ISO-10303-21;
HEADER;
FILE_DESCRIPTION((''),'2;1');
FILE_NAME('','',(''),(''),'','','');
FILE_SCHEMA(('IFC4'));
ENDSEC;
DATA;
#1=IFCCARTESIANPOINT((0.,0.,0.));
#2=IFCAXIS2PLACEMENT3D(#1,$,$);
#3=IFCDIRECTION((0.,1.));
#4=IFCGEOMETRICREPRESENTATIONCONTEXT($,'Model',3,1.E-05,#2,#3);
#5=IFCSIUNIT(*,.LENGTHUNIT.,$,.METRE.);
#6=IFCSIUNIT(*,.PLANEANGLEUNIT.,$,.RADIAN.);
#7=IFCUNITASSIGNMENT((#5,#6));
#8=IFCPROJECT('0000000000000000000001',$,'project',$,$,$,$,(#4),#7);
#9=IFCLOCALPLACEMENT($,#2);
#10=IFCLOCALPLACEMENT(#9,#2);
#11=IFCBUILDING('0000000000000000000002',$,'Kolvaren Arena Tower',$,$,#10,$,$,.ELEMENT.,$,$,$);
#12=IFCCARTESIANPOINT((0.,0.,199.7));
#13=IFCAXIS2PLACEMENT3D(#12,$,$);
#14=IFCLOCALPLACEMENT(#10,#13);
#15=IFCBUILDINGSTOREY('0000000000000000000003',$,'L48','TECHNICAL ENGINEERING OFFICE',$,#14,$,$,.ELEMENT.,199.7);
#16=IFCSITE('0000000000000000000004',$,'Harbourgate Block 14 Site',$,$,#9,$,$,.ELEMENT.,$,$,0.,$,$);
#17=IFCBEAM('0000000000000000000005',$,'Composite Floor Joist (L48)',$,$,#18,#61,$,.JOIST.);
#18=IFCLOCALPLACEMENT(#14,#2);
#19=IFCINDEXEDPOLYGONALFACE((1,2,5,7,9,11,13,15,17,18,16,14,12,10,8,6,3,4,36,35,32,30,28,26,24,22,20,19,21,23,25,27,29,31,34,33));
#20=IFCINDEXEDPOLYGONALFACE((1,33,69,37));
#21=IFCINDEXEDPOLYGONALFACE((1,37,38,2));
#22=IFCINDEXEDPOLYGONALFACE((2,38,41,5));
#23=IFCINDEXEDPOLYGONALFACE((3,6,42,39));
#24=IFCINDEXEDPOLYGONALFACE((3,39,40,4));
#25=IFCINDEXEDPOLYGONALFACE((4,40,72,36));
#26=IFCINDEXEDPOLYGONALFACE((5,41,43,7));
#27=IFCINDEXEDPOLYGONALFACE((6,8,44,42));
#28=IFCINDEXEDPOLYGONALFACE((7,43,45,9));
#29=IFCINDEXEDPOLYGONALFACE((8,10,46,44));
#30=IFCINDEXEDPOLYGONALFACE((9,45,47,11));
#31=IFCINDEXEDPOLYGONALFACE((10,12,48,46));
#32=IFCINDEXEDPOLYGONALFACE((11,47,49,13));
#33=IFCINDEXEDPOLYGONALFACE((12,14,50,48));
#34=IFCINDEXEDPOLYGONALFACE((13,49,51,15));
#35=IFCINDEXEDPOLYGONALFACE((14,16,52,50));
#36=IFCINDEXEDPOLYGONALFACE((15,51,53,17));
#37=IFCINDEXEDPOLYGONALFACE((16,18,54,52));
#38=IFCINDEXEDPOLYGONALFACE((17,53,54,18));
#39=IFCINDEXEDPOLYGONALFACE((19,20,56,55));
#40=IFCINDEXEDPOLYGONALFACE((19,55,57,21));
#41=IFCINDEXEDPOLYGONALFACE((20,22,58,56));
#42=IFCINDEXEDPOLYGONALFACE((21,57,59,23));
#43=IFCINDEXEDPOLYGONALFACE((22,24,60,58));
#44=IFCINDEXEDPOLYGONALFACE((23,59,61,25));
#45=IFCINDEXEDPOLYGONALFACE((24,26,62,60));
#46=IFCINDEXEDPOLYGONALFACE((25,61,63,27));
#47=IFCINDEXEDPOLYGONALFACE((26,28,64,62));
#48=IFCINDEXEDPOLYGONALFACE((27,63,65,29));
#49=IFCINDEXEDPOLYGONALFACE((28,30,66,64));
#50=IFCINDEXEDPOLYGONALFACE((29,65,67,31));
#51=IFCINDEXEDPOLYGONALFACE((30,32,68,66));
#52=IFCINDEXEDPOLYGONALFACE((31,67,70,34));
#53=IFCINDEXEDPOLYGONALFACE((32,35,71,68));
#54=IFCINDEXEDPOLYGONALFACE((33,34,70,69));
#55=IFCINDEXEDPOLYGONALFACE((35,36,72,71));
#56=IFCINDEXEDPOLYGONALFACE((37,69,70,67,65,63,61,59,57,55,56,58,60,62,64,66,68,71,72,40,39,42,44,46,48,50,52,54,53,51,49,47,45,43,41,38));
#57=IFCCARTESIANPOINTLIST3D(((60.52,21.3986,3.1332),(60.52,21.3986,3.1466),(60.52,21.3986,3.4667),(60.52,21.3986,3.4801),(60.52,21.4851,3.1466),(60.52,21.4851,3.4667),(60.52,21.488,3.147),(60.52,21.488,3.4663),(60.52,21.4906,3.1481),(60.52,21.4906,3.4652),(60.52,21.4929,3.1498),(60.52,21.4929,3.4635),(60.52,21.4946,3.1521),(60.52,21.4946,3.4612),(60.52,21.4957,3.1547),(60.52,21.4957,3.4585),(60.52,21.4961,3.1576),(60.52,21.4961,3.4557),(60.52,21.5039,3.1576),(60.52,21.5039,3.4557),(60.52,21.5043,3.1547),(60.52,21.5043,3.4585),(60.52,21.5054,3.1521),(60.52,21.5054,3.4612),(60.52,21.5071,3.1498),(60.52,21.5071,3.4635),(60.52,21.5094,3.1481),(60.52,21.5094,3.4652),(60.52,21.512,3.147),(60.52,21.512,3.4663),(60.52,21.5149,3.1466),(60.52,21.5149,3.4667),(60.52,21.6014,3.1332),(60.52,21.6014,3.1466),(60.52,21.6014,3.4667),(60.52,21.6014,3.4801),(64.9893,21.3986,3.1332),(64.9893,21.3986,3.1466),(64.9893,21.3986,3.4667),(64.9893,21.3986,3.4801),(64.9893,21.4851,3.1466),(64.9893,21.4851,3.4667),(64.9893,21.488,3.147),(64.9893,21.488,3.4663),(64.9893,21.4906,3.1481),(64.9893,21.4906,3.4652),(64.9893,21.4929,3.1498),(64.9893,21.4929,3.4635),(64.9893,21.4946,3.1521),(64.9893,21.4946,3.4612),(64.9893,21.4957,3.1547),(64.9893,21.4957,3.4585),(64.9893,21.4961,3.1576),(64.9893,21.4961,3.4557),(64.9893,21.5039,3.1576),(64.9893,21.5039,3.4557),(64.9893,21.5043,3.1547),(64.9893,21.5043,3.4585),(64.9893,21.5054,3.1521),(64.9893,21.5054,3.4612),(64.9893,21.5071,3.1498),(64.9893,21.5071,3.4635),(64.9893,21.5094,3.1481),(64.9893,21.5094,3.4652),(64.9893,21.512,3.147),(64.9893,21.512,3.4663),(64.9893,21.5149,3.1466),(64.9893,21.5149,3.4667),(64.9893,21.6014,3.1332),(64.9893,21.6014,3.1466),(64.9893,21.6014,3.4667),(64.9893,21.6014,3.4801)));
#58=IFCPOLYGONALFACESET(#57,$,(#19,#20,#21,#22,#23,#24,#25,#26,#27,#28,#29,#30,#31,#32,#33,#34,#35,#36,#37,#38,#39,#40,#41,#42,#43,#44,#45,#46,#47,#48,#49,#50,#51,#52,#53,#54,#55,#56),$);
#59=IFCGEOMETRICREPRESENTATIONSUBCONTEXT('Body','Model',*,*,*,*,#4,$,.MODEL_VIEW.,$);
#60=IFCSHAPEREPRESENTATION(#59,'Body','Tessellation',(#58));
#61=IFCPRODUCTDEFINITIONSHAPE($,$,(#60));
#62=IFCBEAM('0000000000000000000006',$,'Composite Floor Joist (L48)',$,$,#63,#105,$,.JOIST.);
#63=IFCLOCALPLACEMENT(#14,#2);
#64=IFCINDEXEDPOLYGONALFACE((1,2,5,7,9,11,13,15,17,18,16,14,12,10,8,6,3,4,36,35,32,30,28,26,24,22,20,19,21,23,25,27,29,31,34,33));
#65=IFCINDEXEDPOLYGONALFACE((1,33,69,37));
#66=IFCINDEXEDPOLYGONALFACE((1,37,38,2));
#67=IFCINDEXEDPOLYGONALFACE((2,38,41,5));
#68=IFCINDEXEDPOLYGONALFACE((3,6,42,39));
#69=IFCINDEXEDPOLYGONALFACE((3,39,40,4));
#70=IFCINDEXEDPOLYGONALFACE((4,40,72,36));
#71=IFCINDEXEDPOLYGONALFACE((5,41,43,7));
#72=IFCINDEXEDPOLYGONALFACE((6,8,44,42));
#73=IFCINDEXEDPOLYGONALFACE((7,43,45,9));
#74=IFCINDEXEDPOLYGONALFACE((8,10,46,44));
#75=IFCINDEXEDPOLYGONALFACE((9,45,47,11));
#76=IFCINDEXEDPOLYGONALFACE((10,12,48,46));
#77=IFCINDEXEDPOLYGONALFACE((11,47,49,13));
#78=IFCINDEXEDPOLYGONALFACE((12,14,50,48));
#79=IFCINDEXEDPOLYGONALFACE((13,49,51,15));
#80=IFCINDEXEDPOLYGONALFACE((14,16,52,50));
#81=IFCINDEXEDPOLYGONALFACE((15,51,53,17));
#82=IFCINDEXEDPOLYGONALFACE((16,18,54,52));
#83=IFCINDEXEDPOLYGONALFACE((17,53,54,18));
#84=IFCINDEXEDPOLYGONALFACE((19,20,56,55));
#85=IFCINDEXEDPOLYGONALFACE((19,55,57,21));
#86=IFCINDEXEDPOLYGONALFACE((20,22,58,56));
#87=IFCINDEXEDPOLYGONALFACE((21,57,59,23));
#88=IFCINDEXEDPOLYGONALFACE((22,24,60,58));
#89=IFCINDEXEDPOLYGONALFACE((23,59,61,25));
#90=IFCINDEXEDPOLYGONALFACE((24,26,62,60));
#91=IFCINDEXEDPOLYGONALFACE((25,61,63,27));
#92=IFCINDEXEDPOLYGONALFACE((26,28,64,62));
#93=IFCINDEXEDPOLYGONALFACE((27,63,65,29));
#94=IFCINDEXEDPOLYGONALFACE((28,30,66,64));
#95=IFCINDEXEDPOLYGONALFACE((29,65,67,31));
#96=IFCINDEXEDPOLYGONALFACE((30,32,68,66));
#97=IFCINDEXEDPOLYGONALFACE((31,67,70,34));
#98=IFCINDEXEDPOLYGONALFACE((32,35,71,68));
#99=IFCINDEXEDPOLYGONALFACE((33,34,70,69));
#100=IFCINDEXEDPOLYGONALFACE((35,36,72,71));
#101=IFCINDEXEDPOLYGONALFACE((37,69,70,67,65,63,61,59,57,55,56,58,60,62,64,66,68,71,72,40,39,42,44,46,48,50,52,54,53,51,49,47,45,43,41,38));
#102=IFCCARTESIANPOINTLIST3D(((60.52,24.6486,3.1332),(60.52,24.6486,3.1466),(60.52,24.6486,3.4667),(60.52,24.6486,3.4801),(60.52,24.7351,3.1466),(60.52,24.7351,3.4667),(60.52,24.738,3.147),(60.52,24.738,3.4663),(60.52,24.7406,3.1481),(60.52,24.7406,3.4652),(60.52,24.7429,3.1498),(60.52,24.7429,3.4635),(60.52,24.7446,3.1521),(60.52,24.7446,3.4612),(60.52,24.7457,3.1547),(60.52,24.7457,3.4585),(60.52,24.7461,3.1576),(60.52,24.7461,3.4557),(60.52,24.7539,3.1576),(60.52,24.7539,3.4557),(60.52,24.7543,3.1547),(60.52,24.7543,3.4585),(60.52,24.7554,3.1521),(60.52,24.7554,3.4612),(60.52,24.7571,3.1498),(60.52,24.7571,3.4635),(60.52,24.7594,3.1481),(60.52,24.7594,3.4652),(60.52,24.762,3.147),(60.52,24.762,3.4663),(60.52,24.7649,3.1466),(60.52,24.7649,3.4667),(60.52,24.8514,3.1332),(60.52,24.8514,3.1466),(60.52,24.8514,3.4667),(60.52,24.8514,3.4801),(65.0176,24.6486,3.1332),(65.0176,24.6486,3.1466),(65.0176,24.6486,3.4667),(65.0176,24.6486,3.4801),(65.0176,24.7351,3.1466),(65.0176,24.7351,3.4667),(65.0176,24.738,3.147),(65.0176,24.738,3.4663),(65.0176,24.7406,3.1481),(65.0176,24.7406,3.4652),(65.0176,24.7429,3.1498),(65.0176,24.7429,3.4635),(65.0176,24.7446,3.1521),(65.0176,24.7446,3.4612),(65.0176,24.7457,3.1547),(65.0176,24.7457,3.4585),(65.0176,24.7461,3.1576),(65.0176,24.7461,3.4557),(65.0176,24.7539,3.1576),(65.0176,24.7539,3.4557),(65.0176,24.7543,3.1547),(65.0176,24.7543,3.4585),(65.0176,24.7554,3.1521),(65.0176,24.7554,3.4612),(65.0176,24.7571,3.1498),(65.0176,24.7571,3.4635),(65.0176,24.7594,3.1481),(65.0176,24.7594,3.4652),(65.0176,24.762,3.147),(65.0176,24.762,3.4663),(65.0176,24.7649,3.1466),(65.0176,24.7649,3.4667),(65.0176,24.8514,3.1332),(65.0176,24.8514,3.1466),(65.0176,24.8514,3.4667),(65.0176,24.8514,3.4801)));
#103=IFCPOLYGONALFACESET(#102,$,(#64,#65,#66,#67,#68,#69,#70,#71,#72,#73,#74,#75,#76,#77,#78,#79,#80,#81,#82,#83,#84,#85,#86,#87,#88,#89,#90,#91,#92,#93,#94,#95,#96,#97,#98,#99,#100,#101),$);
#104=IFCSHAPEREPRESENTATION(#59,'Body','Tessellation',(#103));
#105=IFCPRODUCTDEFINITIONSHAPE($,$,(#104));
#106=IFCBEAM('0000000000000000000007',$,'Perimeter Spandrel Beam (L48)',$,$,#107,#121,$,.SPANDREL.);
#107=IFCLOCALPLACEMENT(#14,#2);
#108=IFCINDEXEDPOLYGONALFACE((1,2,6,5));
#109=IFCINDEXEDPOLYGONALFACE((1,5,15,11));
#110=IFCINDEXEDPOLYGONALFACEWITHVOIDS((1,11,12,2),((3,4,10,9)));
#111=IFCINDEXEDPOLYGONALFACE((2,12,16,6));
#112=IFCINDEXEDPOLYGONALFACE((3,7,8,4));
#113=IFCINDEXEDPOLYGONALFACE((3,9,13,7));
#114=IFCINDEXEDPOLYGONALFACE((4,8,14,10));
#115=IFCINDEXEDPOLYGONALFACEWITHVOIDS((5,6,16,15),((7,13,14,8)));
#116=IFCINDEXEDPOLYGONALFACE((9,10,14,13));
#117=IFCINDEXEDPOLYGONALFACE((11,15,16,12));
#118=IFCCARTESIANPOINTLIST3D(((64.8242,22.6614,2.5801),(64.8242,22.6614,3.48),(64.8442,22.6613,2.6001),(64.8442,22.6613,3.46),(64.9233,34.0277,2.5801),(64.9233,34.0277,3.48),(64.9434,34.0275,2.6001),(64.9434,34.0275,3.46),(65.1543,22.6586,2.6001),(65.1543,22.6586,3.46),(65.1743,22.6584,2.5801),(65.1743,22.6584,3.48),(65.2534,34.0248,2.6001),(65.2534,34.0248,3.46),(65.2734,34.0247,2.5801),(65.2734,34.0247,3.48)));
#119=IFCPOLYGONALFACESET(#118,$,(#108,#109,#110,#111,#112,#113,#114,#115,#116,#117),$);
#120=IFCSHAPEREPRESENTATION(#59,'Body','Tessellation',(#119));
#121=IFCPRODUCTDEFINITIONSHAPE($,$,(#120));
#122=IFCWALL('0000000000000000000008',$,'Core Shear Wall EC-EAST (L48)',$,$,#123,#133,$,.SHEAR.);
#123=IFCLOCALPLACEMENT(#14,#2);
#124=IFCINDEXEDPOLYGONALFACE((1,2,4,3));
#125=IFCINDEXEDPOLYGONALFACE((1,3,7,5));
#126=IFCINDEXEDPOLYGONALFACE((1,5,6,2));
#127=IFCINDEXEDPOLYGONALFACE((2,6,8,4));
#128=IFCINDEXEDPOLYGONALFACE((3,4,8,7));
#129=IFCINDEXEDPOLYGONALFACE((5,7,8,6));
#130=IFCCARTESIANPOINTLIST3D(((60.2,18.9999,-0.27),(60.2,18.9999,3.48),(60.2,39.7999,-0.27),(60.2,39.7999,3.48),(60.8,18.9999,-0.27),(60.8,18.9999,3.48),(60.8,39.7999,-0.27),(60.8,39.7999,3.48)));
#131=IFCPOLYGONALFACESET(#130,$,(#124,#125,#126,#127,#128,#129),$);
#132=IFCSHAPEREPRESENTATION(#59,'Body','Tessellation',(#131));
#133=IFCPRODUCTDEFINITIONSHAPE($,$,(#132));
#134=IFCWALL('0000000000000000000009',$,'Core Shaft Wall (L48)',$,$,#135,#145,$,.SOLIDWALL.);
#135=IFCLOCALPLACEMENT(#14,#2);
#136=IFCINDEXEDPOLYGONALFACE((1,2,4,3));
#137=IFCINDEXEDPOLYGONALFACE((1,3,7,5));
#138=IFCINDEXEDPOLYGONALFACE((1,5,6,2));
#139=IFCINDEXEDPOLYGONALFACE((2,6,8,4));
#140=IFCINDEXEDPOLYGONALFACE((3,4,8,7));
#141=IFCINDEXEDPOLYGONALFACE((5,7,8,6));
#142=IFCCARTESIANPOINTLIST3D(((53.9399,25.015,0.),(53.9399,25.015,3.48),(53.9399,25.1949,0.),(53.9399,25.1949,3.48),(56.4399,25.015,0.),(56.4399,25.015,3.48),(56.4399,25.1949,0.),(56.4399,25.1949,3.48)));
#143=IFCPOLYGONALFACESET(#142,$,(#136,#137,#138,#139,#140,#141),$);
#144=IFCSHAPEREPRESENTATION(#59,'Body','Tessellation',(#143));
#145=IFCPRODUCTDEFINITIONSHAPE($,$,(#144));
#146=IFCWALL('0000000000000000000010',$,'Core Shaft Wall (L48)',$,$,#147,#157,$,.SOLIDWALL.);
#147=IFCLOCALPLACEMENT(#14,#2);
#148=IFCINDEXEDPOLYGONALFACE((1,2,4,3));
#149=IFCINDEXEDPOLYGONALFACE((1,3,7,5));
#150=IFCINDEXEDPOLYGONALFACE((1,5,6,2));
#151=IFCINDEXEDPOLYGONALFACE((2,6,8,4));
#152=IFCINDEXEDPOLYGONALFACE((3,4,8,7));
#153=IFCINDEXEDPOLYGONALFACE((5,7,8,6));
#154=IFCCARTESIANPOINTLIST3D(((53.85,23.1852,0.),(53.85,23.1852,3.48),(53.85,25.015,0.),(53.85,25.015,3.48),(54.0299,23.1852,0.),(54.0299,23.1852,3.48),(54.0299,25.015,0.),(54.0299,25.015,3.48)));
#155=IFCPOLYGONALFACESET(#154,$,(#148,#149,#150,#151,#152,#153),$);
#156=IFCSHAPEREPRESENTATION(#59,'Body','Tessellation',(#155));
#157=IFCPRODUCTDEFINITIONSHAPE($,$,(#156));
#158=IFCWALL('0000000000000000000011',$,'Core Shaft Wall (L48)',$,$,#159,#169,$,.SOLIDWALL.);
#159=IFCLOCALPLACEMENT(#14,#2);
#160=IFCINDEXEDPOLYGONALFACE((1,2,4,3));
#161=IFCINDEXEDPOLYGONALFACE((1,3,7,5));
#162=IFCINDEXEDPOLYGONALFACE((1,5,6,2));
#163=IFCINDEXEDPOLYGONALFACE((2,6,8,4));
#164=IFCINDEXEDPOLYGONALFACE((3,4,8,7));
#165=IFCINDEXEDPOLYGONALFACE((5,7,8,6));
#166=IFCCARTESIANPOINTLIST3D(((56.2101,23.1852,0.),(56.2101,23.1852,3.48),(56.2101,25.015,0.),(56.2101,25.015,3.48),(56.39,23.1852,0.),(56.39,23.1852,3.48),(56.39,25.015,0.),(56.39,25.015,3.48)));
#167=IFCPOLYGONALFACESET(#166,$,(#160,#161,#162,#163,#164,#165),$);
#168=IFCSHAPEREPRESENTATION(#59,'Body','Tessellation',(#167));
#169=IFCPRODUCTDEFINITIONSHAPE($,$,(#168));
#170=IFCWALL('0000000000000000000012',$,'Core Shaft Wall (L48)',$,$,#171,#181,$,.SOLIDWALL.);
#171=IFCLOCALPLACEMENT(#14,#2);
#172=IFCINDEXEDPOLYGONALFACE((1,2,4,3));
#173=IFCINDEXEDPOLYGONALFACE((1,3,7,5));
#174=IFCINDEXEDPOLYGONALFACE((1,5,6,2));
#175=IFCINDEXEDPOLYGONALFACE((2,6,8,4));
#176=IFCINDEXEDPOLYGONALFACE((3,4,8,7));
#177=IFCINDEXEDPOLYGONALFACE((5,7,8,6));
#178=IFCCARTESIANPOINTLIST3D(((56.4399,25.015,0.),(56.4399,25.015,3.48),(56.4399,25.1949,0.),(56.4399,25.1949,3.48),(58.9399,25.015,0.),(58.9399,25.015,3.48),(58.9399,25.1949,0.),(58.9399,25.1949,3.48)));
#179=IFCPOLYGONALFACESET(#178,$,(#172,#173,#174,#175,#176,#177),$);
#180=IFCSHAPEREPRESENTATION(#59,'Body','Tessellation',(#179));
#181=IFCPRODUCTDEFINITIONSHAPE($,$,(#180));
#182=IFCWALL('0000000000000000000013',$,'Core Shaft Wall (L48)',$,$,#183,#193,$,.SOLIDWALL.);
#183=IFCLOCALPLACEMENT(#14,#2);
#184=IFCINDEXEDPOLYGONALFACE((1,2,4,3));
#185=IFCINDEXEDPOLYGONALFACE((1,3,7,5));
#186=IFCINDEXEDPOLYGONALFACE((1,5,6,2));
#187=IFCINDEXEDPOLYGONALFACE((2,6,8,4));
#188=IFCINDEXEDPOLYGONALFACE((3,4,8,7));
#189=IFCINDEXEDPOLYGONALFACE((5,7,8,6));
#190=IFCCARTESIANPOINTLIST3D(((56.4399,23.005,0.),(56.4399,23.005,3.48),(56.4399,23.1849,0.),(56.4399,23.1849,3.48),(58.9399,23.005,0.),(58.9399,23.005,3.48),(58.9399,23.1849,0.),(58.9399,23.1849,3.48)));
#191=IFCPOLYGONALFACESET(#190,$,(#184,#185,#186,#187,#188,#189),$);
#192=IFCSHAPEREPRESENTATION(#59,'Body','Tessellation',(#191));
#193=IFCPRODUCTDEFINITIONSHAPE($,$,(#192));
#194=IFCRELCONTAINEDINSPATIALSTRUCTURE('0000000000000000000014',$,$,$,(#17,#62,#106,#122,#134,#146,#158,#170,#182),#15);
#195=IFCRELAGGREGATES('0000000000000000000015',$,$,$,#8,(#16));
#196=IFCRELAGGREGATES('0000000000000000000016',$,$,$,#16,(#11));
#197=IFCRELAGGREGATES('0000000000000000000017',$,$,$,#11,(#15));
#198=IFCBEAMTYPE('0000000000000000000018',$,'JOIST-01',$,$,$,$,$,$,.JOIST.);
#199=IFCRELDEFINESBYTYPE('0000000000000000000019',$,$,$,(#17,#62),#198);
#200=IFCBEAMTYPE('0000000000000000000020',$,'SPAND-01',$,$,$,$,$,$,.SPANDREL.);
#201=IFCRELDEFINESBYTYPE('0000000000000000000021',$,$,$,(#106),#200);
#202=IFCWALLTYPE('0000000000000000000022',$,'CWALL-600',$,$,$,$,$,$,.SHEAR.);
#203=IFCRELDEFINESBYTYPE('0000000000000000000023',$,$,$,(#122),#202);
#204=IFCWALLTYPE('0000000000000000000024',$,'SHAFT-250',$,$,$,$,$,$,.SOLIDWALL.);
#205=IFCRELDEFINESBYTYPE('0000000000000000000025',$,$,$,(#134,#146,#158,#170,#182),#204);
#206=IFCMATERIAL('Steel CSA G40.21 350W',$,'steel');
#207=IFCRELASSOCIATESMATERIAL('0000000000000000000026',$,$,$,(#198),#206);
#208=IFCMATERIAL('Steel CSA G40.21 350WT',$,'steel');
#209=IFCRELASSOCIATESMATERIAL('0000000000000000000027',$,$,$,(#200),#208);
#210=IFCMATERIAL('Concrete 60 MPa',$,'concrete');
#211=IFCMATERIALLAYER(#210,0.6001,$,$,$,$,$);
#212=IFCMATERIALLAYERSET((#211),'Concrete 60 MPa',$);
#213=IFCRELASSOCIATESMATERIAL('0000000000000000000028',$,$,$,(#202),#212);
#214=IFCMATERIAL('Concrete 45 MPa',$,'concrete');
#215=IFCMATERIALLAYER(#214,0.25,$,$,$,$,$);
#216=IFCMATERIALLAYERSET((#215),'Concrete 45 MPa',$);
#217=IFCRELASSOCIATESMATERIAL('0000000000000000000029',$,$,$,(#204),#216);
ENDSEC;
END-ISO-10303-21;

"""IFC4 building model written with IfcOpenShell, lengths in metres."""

from ifc_helpers import new_model, si_unit, direction, frame, frame_2d, origin, origin_2d, place, context, subcontext, project, spatial, rectangle, hollow_rectangle, i_section, extrude, material, layer, layer_set, material_profile, profile_set, type_object, element, save


model = new_model("IFC4")

# Units and contexts
model_context = context("Model", 3, precision=1e-05, world=origin(), true_north=direction((0.0, 1.0)))
body_context = subcontext(model_context, "Body", "Model", "MODEL_VIEW")
ifc_project = project(units=[si_unit("LENGTHUNIT", "METRE"), si_unit("PLANEANGLEUNIT", "RADIAN")], contexts=[model_context])

# Site, building, storey
site_placement = place(None, origin())
site = spatial("IfcSite", under=ifc_project, at=site_placement, Name="Harbourgate Block 14 Site", CompositionType="ELEMENT", RefElevation=0.0)
building_placement = place(site_placement, origin())
building = spatial("IfcBuilding", under=site, at=building_placement, Name="Kolvaren Arena Tower", CompositionType="ELEMENT")
storey_placement = place(building_placement, frame((0.0, 0.0, 199.7)))
storey = spatial("IfcBuildingStorey", under=building, at=storey_placement, Name="L48", Description="TECHNICAL ENGINEERING OFFICE", CompositionType="ELEMENT", Elevation=199.7)

# Beams
ifc_material_1 = material(Name="Steel CSA G40.21 350W", Category="steel")
ifc_material_profile_1 = material_profile(ifc_material_1, i_section(OverallWidth=0.2029, OverallDepth=0.3469, WebThickness=0.0078, FlangeThickness=0.0134, FilletRadius=0.011, at=origin_2d()), Name="W360x64")
ifc_profile_set_1 = profile_set([ifc_material_profile_1], Name="Steel CSA G40.21 350W")
beam_type_1 = type_object("IfcBeamType", Name="JOIST-01", PredefinedType="JOIST", material=ifc_profile_set_1)
beam_1_placement = place(storey_placement, frame((60.52, 21.5, 3.3066), z_axis=(1.0, 0.0, 0.0), x_axis=(0.0, 1.0, 0.0)))
element("IfcBeam", 1, at=beam_1_placement, inside=storey, type_object=beam_type_1, Name="Composite Floor Joist (L48)", PredefinedType="JOIST", context=body_context, shape_type="SweptSolid", body=[
    extrude(i_section(OverallWidth=0.2029, OverallDepth=0.3469, WebThickness=0.0078, FlangeThickness=0.0134, FilletRadius=0.011, at=origin_2d()), origin(), (0.0, 0.0, 1.0), 4.4692),
])
beam_2_placement = place(storey_placement, frame((60.52, 24.75, 3.3066), z_axis=(1.0, 0.0, 0.0), x_axis=(0.0, 1.0, 0.0)))
element("IfcBeam", 2, at=beam_2_placement, inside=storey, type_object=beam_type_1, Name="Composite Floor Joist (L48)", PredefinedType="JOIST", context=body_context, shape_type="SweptSolid", body=[
    extrude(i_section(OverallWidth=0.2029, OverallDepth=0.3469, WebThickness=0.0078, FlangeThickness=0.0134, FilletRadius=0.011, at=origin_2d()), origin(), (0.0, 0.0, 1.0), 4.4976),
])
ifc_material_2 = material(Name="Steel CSA G40.21 350WT", Category="steel")
ifc_material_profile_2 = material_profile(ifc_material_2, hollow_rectangle(XDim=0.3501, YDim=0.8999, WallThickness=0.02, at=origin_2d()), Name="HSS 900x350x20")
ifc_profile_set_2 = profile_set([ifc_material_profile_2], Name="Steel CSA G40.21 350WT")
beam_type_2 = type_object("IfcBeamType", Name="SPAND-01", PredefinedType="SPANDREL", material=ifc_profile_set_2)
beam_3_placement = place(storey_placement, frame((64.9993, 22.6599, 3.03), z_axis=(0.00872, 0.999962, 0.0), x_axis=(-0.999962, 0.00872, 0.0)))
element("IfcBeam", 3, at=beam_3_placement, inside=storey, type_object=beam_type_2, Name="Perimeter Spandrel Beam (L48)", PredefinedType="SPANDREL", context=body_context, shape_type="SweptSolid", body=[
    extrude(hollow_rectangle(XDim=0.3501, YDim=0.8999, WallThickness=0.02, at=origin_2d()), origin(), (0.0, 0.0, 1.0), 11.3667),
])

# Walls
ifc_material_3 = material(Name="Concrete 60 MPa", Category="concrete")
ifc_layer_1 = layer(ifc_material_3, 0.6001)
ifc_layer_set_1 = layer_set([ifc_layer_1], Name="Concrete 60 MPa")
wall_type_1 = type_object("IfcWallType", Name="CWALL-600", PredefinedType="SHEAR", material=ifc_layer_set_1)
wall_1_placement = place(storey_placement, frame((60.5, 19.0, -0.27), z_axis=(0.0, 0.0, 1.0), x_axis=(0.0, 1.0, 0.0)))
element("IfcWall", 4, at=wall_1_placement, inside=storey, type_object=wall_type_1, Name="Core Shear Wall EC-EAST (L48)", PredefinedType="SHEAR", context=body_context, shape_type="SweptSolid", body=[
    extrude(rectangle(XDim=20.8, YDim=0.6001, at=frame_2d((10.3999, 0.0))), origin(), (0.0, 0.0, 1.0), 3.75),
])
ifc_material_4 = material(Name="Concrete 45 MPa", Category="concrete")
ifc_layer_2 = layer(ifc_material_4, 0.25)
ifc_layer_set_2 = layer_set([ifc_layer_2], Name="Concrete 45 MPa")
wall_type_2 = type_object("IfcWallType", Name="SHAFT-250", PredefinedType="SOLIDWALL", material=ifc_layer_set_2)
wall_2_placement = place(storey_placement, frame((53.9399, 25.105, 0.0), z_axis=(0.0, 0.0, 1.0), x_axis=(1.0, 0.0, 0.0)))
element("IfcWall", 5, at=wall_2_placement, inside=storey, type_object=wall_type_2, Name="Core Shaft Wall (L48)", PredefinedType="SOLIDWALL", context=body_context, shape_type="SweptSolid", body=[
    extrude(rectangle(XDim=2.5, YDim=0.1799, at=frame_2d((1.25, 0.0))), origin(), (0.0, 0.0, 1.0), 3.48),
])
for number, where, z_axis, x_axis, name in (
    (6, (53.9399, 23.1851, 0.0), (0.0, 0.0, 1.0), (0.0, 1.0, 0.0), "Core Shaft Wall (L48)"),
    (7, (56.3, 23.1851, 0.0), (0.0, 0.0, 1.0), (0.0, 1.0, 0.0), "Core Shaft Wall (L48)"),
):
    element("IfcWall", number, at=place(storey_placement, frame(where, z_axis=z_axis, x_axis=x_axis)), inside=storey, type_object=wall_type_2, Name=name, PredefinedType="SOLIDWALL", context=body_context, shape_type="SweptSolid", body=[
        extrude(rectangle(XDim=1.8298, YDim=0.1799, at=frame_2d((0.915, 0.0))), origin(), (0.0, 0.0, 1.0), 3.48),
    ])
for number, where, z_axis, x_axis, name in (
    (8, (56.4399, 25.105, 0.0), (0.0, 0.0, 1.0), (1.0, 0.0, 0.0), "Core Shaft Wall (L48)"),
    (9, (56.4399, 23.095, 0.0), (0.0, 0.0, 1.0), (1.0, 0.0, 0.0), "Core Shaft Wall (L48)"),
):
    element("IfcWall", number, at=place(storey_placement, frame(where, z_axis=z_axis, x_axis=x_axis)), inside=storey, type_object=wall_type_2, Name=name, PredefinedType="SOLIDWALL", context=body_context, shape_type="SweptSolid", body=[
        extrude(rectangle(XDim=2.5, YDim=0.1799, at=frame_2d((1.25, 0.0))), origin(), (0.0, 0.0, 1.0), 3.48),
    ])

save(model, "model.ifc")
